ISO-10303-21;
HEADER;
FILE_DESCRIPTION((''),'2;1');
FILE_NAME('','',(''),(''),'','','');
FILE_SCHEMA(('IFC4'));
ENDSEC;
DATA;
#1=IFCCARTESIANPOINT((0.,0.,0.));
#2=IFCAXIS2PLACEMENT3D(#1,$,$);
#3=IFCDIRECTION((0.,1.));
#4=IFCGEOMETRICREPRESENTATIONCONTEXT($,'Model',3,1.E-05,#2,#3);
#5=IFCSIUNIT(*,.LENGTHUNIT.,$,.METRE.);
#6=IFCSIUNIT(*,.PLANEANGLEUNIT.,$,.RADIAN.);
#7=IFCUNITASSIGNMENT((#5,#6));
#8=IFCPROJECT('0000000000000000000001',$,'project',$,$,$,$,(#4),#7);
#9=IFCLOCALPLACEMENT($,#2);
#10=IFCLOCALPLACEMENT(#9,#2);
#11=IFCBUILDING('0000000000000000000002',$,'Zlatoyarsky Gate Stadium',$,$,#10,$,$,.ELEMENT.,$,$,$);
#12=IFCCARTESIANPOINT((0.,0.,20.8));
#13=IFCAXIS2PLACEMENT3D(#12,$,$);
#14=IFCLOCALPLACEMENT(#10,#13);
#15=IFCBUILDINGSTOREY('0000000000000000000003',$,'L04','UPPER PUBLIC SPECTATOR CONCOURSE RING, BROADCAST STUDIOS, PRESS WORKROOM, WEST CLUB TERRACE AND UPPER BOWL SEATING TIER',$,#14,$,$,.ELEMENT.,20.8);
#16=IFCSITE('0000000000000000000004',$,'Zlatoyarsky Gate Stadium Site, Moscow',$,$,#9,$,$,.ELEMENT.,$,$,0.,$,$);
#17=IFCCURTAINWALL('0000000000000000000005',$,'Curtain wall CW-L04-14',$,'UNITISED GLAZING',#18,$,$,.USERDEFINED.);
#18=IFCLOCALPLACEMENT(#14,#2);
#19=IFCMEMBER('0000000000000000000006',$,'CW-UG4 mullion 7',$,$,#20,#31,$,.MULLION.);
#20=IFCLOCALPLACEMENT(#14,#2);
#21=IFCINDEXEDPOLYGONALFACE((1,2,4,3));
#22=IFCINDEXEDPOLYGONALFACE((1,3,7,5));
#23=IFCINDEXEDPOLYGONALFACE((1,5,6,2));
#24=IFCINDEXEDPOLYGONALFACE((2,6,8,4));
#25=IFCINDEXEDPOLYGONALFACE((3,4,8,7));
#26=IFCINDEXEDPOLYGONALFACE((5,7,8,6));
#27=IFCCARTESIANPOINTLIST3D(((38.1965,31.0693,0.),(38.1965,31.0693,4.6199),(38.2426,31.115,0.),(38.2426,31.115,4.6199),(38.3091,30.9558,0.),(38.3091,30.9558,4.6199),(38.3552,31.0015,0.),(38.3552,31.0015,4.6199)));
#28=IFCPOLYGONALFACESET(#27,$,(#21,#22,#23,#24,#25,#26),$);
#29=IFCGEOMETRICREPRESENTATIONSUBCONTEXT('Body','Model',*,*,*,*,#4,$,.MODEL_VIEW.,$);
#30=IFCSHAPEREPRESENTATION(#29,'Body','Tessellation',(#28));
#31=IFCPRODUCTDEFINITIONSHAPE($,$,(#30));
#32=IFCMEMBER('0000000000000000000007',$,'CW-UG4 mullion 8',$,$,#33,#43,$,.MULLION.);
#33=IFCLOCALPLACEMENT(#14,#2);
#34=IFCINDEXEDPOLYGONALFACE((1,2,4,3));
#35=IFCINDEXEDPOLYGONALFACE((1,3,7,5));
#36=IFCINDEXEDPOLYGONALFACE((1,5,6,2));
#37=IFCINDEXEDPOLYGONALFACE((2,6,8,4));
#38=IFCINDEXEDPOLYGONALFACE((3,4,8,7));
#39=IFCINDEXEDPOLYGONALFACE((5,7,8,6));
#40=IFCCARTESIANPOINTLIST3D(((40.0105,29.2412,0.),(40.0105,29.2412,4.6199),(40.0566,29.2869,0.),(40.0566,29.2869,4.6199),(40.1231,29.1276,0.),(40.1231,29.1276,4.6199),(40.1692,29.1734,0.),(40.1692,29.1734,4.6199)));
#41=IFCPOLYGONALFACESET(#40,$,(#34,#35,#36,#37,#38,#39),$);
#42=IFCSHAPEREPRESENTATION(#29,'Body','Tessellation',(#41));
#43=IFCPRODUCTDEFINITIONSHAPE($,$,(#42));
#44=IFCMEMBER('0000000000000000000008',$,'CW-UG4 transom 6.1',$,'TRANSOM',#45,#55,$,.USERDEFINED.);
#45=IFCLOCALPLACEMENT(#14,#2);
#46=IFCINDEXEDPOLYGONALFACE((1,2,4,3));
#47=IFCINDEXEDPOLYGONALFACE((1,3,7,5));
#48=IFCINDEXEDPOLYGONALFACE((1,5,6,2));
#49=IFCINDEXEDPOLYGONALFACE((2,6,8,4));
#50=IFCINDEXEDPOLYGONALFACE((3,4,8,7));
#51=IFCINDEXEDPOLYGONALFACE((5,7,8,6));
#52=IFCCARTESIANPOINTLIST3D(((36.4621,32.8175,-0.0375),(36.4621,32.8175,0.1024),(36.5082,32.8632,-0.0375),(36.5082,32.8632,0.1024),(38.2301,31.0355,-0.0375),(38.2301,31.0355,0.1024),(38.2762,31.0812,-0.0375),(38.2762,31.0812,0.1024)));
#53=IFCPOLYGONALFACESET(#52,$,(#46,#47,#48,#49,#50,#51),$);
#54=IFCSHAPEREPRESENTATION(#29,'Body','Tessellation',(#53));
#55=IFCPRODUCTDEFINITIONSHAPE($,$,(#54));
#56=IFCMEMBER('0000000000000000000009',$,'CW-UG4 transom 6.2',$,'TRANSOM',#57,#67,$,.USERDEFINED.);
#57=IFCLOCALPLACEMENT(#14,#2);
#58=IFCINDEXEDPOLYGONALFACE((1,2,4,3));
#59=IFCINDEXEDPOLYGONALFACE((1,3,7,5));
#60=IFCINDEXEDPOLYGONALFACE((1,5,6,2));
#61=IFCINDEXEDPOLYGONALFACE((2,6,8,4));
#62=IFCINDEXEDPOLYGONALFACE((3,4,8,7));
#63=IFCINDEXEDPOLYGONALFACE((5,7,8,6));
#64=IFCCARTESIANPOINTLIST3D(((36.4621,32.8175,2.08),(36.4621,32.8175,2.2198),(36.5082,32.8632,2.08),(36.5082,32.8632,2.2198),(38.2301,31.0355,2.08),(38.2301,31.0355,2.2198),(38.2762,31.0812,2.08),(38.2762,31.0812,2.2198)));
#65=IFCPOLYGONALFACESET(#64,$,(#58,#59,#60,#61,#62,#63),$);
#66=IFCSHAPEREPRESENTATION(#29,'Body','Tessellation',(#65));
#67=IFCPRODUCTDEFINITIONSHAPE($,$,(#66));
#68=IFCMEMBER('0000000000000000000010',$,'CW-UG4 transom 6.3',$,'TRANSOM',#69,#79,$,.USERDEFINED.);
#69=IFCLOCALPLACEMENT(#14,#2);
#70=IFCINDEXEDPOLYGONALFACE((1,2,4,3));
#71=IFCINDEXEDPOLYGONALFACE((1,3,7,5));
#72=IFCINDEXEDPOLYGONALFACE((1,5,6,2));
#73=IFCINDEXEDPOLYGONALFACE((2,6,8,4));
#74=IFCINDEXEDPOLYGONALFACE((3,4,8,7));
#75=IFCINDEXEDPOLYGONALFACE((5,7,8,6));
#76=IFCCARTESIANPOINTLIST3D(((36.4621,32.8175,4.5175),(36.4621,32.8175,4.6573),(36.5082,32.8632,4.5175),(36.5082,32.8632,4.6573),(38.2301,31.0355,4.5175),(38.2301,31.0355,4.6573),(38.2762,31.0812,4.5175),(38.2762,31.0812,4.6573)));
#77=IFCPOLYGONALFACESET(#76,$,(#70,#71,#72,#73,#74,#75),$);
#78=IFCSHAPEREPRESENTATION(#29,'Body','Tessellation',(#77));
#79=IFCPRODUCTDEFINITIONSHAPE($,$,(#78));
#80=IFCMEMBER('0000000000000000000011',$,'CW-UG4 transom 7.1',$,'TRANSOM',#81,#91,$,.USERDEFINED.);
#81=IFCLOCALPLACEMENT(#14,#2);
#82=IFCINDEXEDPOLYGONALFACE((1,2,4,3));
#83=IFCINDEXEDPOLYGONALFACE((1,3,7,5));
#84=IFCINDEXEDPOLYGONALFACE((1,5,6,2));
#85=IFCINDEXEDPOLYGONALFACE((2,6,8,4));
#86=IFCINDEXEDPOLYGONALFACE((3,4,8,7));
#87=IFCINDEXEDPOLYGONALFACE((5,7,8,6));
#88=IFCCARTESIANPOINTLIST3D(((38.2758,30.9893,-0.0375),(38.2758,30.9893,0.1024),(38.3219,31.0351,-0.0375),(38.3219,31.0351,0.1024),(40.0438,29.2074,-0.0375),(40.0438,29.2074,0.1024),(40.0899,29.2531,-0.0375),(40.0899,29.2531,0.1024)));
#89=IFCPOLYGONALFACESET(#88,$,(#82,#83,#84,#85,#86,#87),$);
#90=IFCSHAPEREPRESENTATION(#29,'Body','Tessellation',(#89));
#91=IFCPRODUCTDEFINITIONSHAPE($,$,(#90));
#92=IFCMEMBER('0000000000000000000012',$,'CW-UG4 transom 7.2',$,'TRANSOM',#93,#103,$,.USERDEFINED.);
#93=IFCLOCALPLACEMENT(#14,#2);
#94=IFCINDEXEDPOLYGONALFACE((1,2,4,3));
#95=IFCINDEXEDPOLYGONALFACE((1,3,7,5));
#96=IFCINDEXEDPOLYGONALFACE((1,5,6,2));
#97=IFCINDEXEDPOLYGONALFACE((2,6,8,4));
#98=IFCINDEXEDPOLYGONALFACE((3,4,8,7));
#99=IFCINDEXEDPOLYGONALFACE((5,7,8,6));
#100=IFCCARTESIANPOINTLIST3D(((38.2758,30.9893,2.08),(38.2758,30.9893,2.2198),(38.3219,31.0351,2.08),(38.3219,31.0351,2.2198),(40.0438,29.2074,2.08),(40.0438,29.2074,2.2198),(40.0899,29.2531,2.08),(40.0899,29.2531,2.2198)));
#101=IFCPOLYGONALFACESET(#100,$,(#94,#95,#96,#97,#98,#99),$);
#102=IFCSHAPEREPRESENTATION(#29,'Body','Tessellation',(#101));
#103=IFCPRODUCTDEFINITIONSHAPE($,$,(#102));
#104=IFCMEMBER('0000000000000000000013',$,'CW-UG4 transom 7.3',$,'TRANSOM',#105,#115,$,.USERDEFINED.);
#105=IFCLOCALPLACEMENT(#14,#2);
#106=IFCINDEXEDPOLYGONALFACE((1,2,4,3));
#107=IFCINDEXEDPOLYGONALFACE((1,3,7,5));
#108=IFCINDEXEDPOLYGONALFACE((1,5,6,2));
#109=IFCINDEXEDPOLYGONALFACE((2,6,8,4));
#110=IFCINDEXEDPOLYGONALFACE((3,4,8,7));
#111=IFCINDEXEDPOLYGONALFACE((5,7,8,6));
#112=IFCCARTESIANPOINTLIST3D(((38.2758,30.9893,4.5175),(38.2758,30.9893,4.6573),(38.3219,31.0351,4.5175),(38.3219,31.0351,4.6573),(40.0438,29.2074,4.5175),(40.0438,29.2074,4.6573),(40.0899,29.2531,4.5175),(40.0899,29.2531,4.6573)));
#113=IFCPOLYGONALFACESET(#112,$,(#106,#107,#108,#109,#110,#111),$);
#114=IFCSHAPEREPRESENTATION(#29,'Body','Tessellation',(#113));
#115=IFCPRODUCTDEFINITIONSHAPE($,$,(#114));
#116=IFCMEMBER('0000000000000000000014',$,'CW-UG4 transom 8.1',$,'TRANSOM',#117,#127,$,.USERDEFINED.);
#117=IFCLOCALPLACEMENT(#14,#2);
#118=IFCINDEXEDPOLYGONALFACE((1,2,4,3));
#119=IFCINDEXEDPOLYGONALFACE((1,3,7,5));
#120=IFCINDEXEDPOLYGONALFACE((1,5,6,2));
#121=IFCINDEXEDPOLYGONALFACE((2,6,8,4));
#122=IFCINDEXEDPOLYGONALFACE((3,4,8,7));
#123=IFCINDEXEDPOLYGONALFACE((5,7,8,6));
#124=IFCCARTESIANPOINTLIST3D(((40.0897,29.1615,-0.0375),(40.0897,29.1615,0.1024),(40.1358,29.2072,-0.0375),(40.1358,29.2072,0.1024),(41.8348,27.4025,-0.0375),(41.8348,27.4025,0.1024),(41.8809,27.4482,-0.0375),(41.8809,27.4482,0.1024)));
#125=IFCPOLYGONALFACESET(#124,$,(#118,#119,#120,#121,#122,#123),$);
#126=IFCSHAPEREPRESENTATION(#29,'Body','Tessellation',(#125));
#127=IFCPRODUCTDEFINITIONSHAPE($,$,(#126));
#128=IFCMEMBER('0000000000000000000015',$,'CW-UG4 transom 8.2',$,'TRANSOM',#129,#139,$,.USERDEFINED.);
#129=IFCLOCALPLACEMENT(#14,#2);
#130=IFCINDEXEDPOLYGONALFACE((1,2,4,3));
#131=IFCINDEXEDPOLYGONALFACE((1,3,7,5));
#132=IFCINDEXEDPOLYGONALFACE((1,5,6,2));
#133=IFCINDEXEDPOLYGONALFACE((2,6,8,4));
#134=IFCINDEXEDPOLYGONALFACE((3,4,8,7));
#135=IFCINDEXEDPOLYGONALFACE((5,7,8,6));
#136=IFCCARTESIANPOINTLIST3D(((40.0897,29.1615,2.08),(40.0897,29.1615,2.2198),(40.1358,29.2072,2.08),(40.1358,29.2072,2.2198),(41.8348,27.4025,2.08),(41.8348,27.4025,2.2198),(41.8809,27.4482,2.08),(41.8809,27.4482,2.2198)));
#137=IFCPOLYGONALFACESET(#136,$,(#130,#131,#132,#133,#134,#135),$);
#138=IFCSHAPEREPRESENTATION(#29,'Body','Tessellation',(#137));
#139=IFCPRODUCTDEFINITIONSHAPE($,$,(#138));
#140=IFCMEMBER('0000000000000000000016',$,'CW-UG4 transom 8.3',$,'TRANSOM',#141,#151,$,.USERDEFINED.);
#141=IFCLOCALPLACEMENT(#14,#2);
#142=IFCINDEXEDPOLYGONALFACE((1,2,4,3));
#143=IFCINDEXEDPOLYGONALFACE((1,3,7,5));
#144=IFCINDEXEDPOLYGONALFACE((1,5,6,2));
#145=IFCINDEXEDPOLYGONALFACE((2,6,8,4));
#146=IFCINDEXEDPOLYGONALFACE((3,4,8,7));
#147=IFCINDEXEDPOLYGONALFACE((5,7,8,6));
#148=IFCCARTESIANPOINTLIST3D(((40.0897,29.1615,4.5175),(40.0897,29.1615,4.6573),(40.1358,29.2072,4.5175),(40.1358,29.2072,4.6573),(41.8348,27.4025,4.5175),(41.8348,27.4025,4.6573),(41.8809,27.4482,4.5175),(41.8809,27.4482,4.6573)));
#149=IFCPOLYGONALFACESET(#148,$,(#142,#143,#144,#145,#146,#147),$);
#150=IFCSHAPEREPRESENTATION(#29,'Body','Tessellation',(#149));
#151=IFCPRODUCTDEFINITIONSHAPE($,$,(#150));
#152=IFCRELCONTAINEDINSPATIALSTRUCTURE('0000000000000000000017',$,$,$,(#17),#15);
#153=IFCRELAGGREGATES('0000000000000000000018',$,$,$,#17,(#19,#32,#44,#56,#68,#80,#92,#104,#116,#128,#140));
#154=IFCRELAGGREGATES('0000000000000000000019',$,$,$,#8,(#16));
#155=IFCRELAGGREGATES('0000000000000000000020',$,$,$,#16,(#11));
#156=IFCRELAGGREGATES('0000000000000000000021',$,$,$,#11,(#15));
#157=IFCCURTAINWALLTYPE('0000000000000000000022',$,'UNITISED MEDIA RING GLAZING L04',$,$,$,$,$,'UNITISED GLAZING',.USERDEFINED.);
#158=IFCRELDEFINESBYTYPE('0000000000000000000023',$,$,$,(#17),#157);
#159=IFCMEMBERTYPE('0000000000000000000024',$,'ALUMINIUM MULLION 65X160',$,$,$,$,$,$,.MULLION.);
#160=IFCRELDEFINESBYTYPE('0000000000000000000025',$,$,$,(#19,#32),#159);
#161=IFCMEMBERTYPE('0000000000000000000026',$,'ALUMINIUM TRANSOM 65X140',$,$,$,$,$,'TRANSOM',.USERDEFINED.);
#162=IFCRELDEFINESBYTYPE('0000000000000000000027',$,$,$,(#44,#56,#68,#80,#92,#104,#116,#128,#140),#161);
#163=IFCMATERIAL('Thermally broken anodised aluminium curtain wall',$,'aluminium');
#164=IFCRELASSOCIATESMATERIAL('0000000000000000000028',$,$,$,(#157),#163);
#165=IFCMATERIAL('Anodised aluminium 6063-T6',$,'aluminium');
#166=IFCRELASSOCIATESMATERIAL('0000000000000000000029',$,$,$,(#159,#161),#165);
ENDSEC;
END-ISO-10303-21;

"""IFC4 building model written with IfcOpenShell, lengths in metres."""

from ifc_helpers import new_model, si_unit, direction, frame, origin, origin_2d, place, context, subcontext, project, spatial, rectangle, extrude, material, material_profile, profile_set, type_object, element, aggregate, save


model = new_model("IFC4")

# Units and contexts
model_context = context("Model", 3, precision=1e-05, world=origin(), true_north=direction((0.0, 1.0)))
body_context = subcontext(model_context, "Body", "Model", "MODEL_VIEW")
ifc_project = project(units=[si_unit("LENGTHUNIT", "METRE"), si_unit("PLANEANGLEUNIT", "RADIAN")], contexts=[model_context])

# Site, building, storey
site_placement = place(None, origin())
site = spatial("IfcSite", under=ifc_project, at=site_placement, Name="Zlatoyarsky Gate Stadium Site, Moscow", CompositionType="ELEMENT", RefElevation=0.0)
building_placement = place(site_placement, origin())
building = spatial("IfcBuilding", under=site, at=building_placement, Name="Zlatoyarsky Gate Stadium", CompositionType="ELEMENT")
storey_placement = place(building_placement, frame((0.0, 0.0, 20.8)))
storey = spatial("IfcBuildingStorey", under=building, at=storey_placement, Name="L04", Description="UPPER PUBLIC SPECTATOR CONCOURSE RING, BROADCAST STUDIOS, PRESS WORKROOM, WEST CLUB TERRACE AND UPPER BOWL SEATING TIER", CompositionType="ELEMENT", Elevation=20.8)

# Curtain wall, members
ifc_material_1 = material(Name="Thermally broken anodised aluminium curtain wall", Category="aluminium")
curtain_wall_type = type_object("IfcCurtainWallType", Name="UNITISED MEDIA RING GLAZING L04", ElementType="UNITISED GLAZING", PredefinedType="USERDEFINED", material=ifc_material_1)
curtain_wall_placement = place(storey_placement, origin())
curtain_wall = element("IfcCurtainWall", 1, at=curtain_wall_placement, inside=storey, type_object=curtain_wall_type, Name="Curtain wall CW-L04-14", ObjectType="UNITISED GLAZING", PredefinedType="USERDEFINED")
ifc_material_2 = material(Name="Anodised aluminium 6063-T6", Category="aluminium")
ifc_material_profile_1 = material_profile(ifc_material_2, rectangle(XDim=0.0649, YDim=0.1599, at=origin_2d()), Name="ALU 65X160")
ifc_profile_set_1 = profile_set([ifc_material_profile_1], Name="Anodised aluminium 6063-T6")
member_type_1 = type_object("IfcMemberType", Name="ALUMINIUM MULLION 65X160", PredefinedType="MULLION", material=ifc_profile_set_1)
member_1_placement = place(storey_placement, frame((38.2759, 31.0354, 0.0), z_axis=(0.0, 0.0, 1.0), x_axis=(0.709871, 0.704332, 0.0)))
member_1 = element("IfcMember", 2, at=member_1_placement, type_object=member_type_1, Name="CW-UG4 mullion 7", PredefinedType="MULLION", context=body_context, shape_type="SweptSolid", body=[
    extrude(rectangle(XDim=0.0649, YDim=0.1599, at=origin_2d()), origin(), (0.0, 0.0, 1.0), 4.6199),
])
member_2_placement = place(storey_placement, frame((40.0898, 29.2073, 0.0), z_axis=(0.0, 0.0, 1.0), x_axis=(0.709871, 0.704332, 0.0)))
member_2 = element("IfcMember", 3, at=member_2_placement, type_object=member_type_1, Name="CW-UG4 mullion 8", PredefinedType="MULLION", context=body_context, shape_type="SweptSolid", body=[
    extrude(rectangle(XDim=0.0649, YDim=0.1599, at=origin_2d()), origin(), (0.0, 0.0, 1.0), 4.6199),
])
ifc_material_profile_2 = material_profile(ifc_material_2, rectangle(XDim=0.0649, YDim=0.1399, at=origin_2d()), Name="ALU 65X140")
ifc_profile_set_2 = profile_set([ifc_material_profile_2], Name="Anodised aluminium 6063-T6")
member_type_2 = type_object("IfcMemberType", Name="ALUMINIUM TRANSOM 65X140", ElementType="TRANSOM", PredefinedType="USERDEFINED", material=ifc_profile_set_2)
member_3_placement = place(storey_placement, frame((36.4851, 32.8403, 0.0325), z_axis=(0.70433, -0.709873, 0.0), x_axis=(0.709873, 0.70433, 0.0)))
member_3 = element("IfcMember", 4, at=member_3_placement, type_object=member_type_2, Name="CW-UG4 transom 6.1", ObjectType="TRANSOM", PredefinedType="USERDEFINED", context=body_context, shape_type="SweptSolid", body=[
    extrude(rectangle(XDim=0.0649, YDim=0.1399, at=origin_2d()), origin(), (0.0, 0.0, 1.0), 2.5103),
])
member_4_placement = place(storey_placement, frame((36.4851, 32.8403, 2.1499), z_axis=(0.70433, -0.709873, 0.0), x_axis=(0.709873, 0.70433, 0.0)))
member_4 = element("IfcMember", 5, at=member_4_placement, type_object=member_type_2, Name="CW-UG4 transom 6.2", ObjectType="TRANSOM", PredefinedType="USERDEFINED", context=body_context, shape_type="SweptSolid", body=[
    extrude(rectangle(XDim=0.0649, YDim=0.1399, at=origin_2d()), origin(), (0.0, 0.0, 1.0), 2.5103),
])
member_5_placement = place(storey_placement, frame((36.4851, 32.8403, 4.5874), z_axis=(0.70433, -0.709873, 0.0), x_axis=(0.709873, 0.70433, 0.0)))
member_5 = element("IfcMember", 6, at=member_5_placement, type_object=member_type_2, Name="CW-UG4 transom 6.3", ObjectType="TRANSOM", PredefinedType="USERDEFINED", context=body_context, shape_type="SweptSolid", body=[
    extrude(rectangle(XDim=0.0649, YDim=0.1399, at=origin_2d()), origin(), (0.0, 0.0, 1.0), 2.5103),
])
member_6_placement = place(storey_placement, frame((38.2988, 31.0122, 0.0325), z_axis=(0.70433, -0.709873, 0.0), x_axis=(0.709873, 0.70433, 0.0)))
member_6 = element("IfcMember", 7, at=member_6_placement, type_object=member_type_2, Name="CW-UG4 transom 7.1", ObjectType="TRANSOM", PredefinedType="USERDEFINED", context=body_context, shape_type="SweptSolid", body=[
    extrude(rectangle(XDim=0.0649, YDim=0.1399, at=origin_2d()), origin(), (0.0, 0.0, 1.0), 2.5103),
])
member_7_placement = place(storey_placement, frame((38.2988, 31.0122, 2.1499), z_axis=(0.70433, -0.709873, 0.0), x_axis=(0.709873, 0.70433, 0.0)))
member_7 = element("IfcMember", 8, at=member_7_placement, type_object=member_type_2, Name="CW-UG4 transom 7.2", ObjectType="TRANSOM", PredefinedType="USERDEFINED", context=body_context, shape_type="SweptSolid", body=[
    extrude(rectangle(XDim=0.0649, YDim=0.1399, at=origin_2d()), origin(), (0.0, 0.0, 1.0), 2.5103),
])
member_8_placement = place(storey_placement, frame((38.2988, 31.0122, 4.5874), z_axis=(0.70433, -0.709873, 0.0), x_axis=(0.709873, 0.70433, 0.0)))
member_8 = element("IfcMember", 9, at=member_8_placement, type_object=member_type_2, Name="CW-UG4 transom 7.3", ObjectType="TRANSOM", PredefinedType="USERDEFINED", context=body_context, shape_type="SweptSolid", body=[
    extrude(rectangle(XDim=0.0649, YDim=0.1399, at=origin_2d()), origin(), (0.0, 0.0, 1.0), 2.5103),
])
member_9_placement = place(storey_placement, frame((40.1128, 29.1843, 0.0325), z_axis=(0.704293, -0.709909, 0.0), x_axis=(0.709909, 0.704293, 0.0)))
member_9 = element("IfcMember", 10, at=member_9_placement, type_object=member_type_2, Name="CW-UG4 transom 8.1", ObjectType="TRANSOM", PredefinedType="USERDEFINED", context=body_context, shape_type="SweptSolid", body=[
    extrude(rectangle(XDim=0.0649, YDim=0.1399, at=origin_2d()), origin(), (0.0, 0.0, 1.0), 2.4778),
])
member_10_placement = place(storey_placement, frame((40.1128, 29.1843, 2.1499), z_axis=(0.704293, -0.709909, 0.0), x_axis=(0.709909, 0.704293, 0.0)))
member_10 = element("IfcMember", 11, at=member_10_placement, type_object=member_type_2, Name="CW-UG4 transom 8.2", ObjectType="TRANSOM", PredefinedType="USERDEFINED", context=body_context, shape_type="SweptSolid", body=[
    extrude(rectangle(XDim=0.0649, YDim=0.1399, at=origin_2d()), origin(), (0.0, 0.0, 1.0), 2.4778),
])
member_11_placement = place(storey_placement, frame((40.1128, 29.1843, 4.5874), z_axis=(0.704293, -0.709909, 0.0), x_axis=(0.709909, 0.704293, 0.0)))
member_11 = element("IfcMember", 12, at=member_11_placement, type_object=member_type_2, Name="CW-UG4 transom 8.3", ObjectType="TRANSOM", PredefinedType="USERDEFINED", context=body_context, shape_type="SweptSolid", body=[
    extrude(rectangle(XDim=0.0649, YDim=0.1399, at=origin_2d()), origin(), (0.0, 0.0, 1.0), 2.4778),
])

aggregate(curtain_wall, [member_1, member_2, member_3, member_4, member_5, member_6, member_7, member_8, member_9, member_10, member_11])

save(model, "model.ifc")
